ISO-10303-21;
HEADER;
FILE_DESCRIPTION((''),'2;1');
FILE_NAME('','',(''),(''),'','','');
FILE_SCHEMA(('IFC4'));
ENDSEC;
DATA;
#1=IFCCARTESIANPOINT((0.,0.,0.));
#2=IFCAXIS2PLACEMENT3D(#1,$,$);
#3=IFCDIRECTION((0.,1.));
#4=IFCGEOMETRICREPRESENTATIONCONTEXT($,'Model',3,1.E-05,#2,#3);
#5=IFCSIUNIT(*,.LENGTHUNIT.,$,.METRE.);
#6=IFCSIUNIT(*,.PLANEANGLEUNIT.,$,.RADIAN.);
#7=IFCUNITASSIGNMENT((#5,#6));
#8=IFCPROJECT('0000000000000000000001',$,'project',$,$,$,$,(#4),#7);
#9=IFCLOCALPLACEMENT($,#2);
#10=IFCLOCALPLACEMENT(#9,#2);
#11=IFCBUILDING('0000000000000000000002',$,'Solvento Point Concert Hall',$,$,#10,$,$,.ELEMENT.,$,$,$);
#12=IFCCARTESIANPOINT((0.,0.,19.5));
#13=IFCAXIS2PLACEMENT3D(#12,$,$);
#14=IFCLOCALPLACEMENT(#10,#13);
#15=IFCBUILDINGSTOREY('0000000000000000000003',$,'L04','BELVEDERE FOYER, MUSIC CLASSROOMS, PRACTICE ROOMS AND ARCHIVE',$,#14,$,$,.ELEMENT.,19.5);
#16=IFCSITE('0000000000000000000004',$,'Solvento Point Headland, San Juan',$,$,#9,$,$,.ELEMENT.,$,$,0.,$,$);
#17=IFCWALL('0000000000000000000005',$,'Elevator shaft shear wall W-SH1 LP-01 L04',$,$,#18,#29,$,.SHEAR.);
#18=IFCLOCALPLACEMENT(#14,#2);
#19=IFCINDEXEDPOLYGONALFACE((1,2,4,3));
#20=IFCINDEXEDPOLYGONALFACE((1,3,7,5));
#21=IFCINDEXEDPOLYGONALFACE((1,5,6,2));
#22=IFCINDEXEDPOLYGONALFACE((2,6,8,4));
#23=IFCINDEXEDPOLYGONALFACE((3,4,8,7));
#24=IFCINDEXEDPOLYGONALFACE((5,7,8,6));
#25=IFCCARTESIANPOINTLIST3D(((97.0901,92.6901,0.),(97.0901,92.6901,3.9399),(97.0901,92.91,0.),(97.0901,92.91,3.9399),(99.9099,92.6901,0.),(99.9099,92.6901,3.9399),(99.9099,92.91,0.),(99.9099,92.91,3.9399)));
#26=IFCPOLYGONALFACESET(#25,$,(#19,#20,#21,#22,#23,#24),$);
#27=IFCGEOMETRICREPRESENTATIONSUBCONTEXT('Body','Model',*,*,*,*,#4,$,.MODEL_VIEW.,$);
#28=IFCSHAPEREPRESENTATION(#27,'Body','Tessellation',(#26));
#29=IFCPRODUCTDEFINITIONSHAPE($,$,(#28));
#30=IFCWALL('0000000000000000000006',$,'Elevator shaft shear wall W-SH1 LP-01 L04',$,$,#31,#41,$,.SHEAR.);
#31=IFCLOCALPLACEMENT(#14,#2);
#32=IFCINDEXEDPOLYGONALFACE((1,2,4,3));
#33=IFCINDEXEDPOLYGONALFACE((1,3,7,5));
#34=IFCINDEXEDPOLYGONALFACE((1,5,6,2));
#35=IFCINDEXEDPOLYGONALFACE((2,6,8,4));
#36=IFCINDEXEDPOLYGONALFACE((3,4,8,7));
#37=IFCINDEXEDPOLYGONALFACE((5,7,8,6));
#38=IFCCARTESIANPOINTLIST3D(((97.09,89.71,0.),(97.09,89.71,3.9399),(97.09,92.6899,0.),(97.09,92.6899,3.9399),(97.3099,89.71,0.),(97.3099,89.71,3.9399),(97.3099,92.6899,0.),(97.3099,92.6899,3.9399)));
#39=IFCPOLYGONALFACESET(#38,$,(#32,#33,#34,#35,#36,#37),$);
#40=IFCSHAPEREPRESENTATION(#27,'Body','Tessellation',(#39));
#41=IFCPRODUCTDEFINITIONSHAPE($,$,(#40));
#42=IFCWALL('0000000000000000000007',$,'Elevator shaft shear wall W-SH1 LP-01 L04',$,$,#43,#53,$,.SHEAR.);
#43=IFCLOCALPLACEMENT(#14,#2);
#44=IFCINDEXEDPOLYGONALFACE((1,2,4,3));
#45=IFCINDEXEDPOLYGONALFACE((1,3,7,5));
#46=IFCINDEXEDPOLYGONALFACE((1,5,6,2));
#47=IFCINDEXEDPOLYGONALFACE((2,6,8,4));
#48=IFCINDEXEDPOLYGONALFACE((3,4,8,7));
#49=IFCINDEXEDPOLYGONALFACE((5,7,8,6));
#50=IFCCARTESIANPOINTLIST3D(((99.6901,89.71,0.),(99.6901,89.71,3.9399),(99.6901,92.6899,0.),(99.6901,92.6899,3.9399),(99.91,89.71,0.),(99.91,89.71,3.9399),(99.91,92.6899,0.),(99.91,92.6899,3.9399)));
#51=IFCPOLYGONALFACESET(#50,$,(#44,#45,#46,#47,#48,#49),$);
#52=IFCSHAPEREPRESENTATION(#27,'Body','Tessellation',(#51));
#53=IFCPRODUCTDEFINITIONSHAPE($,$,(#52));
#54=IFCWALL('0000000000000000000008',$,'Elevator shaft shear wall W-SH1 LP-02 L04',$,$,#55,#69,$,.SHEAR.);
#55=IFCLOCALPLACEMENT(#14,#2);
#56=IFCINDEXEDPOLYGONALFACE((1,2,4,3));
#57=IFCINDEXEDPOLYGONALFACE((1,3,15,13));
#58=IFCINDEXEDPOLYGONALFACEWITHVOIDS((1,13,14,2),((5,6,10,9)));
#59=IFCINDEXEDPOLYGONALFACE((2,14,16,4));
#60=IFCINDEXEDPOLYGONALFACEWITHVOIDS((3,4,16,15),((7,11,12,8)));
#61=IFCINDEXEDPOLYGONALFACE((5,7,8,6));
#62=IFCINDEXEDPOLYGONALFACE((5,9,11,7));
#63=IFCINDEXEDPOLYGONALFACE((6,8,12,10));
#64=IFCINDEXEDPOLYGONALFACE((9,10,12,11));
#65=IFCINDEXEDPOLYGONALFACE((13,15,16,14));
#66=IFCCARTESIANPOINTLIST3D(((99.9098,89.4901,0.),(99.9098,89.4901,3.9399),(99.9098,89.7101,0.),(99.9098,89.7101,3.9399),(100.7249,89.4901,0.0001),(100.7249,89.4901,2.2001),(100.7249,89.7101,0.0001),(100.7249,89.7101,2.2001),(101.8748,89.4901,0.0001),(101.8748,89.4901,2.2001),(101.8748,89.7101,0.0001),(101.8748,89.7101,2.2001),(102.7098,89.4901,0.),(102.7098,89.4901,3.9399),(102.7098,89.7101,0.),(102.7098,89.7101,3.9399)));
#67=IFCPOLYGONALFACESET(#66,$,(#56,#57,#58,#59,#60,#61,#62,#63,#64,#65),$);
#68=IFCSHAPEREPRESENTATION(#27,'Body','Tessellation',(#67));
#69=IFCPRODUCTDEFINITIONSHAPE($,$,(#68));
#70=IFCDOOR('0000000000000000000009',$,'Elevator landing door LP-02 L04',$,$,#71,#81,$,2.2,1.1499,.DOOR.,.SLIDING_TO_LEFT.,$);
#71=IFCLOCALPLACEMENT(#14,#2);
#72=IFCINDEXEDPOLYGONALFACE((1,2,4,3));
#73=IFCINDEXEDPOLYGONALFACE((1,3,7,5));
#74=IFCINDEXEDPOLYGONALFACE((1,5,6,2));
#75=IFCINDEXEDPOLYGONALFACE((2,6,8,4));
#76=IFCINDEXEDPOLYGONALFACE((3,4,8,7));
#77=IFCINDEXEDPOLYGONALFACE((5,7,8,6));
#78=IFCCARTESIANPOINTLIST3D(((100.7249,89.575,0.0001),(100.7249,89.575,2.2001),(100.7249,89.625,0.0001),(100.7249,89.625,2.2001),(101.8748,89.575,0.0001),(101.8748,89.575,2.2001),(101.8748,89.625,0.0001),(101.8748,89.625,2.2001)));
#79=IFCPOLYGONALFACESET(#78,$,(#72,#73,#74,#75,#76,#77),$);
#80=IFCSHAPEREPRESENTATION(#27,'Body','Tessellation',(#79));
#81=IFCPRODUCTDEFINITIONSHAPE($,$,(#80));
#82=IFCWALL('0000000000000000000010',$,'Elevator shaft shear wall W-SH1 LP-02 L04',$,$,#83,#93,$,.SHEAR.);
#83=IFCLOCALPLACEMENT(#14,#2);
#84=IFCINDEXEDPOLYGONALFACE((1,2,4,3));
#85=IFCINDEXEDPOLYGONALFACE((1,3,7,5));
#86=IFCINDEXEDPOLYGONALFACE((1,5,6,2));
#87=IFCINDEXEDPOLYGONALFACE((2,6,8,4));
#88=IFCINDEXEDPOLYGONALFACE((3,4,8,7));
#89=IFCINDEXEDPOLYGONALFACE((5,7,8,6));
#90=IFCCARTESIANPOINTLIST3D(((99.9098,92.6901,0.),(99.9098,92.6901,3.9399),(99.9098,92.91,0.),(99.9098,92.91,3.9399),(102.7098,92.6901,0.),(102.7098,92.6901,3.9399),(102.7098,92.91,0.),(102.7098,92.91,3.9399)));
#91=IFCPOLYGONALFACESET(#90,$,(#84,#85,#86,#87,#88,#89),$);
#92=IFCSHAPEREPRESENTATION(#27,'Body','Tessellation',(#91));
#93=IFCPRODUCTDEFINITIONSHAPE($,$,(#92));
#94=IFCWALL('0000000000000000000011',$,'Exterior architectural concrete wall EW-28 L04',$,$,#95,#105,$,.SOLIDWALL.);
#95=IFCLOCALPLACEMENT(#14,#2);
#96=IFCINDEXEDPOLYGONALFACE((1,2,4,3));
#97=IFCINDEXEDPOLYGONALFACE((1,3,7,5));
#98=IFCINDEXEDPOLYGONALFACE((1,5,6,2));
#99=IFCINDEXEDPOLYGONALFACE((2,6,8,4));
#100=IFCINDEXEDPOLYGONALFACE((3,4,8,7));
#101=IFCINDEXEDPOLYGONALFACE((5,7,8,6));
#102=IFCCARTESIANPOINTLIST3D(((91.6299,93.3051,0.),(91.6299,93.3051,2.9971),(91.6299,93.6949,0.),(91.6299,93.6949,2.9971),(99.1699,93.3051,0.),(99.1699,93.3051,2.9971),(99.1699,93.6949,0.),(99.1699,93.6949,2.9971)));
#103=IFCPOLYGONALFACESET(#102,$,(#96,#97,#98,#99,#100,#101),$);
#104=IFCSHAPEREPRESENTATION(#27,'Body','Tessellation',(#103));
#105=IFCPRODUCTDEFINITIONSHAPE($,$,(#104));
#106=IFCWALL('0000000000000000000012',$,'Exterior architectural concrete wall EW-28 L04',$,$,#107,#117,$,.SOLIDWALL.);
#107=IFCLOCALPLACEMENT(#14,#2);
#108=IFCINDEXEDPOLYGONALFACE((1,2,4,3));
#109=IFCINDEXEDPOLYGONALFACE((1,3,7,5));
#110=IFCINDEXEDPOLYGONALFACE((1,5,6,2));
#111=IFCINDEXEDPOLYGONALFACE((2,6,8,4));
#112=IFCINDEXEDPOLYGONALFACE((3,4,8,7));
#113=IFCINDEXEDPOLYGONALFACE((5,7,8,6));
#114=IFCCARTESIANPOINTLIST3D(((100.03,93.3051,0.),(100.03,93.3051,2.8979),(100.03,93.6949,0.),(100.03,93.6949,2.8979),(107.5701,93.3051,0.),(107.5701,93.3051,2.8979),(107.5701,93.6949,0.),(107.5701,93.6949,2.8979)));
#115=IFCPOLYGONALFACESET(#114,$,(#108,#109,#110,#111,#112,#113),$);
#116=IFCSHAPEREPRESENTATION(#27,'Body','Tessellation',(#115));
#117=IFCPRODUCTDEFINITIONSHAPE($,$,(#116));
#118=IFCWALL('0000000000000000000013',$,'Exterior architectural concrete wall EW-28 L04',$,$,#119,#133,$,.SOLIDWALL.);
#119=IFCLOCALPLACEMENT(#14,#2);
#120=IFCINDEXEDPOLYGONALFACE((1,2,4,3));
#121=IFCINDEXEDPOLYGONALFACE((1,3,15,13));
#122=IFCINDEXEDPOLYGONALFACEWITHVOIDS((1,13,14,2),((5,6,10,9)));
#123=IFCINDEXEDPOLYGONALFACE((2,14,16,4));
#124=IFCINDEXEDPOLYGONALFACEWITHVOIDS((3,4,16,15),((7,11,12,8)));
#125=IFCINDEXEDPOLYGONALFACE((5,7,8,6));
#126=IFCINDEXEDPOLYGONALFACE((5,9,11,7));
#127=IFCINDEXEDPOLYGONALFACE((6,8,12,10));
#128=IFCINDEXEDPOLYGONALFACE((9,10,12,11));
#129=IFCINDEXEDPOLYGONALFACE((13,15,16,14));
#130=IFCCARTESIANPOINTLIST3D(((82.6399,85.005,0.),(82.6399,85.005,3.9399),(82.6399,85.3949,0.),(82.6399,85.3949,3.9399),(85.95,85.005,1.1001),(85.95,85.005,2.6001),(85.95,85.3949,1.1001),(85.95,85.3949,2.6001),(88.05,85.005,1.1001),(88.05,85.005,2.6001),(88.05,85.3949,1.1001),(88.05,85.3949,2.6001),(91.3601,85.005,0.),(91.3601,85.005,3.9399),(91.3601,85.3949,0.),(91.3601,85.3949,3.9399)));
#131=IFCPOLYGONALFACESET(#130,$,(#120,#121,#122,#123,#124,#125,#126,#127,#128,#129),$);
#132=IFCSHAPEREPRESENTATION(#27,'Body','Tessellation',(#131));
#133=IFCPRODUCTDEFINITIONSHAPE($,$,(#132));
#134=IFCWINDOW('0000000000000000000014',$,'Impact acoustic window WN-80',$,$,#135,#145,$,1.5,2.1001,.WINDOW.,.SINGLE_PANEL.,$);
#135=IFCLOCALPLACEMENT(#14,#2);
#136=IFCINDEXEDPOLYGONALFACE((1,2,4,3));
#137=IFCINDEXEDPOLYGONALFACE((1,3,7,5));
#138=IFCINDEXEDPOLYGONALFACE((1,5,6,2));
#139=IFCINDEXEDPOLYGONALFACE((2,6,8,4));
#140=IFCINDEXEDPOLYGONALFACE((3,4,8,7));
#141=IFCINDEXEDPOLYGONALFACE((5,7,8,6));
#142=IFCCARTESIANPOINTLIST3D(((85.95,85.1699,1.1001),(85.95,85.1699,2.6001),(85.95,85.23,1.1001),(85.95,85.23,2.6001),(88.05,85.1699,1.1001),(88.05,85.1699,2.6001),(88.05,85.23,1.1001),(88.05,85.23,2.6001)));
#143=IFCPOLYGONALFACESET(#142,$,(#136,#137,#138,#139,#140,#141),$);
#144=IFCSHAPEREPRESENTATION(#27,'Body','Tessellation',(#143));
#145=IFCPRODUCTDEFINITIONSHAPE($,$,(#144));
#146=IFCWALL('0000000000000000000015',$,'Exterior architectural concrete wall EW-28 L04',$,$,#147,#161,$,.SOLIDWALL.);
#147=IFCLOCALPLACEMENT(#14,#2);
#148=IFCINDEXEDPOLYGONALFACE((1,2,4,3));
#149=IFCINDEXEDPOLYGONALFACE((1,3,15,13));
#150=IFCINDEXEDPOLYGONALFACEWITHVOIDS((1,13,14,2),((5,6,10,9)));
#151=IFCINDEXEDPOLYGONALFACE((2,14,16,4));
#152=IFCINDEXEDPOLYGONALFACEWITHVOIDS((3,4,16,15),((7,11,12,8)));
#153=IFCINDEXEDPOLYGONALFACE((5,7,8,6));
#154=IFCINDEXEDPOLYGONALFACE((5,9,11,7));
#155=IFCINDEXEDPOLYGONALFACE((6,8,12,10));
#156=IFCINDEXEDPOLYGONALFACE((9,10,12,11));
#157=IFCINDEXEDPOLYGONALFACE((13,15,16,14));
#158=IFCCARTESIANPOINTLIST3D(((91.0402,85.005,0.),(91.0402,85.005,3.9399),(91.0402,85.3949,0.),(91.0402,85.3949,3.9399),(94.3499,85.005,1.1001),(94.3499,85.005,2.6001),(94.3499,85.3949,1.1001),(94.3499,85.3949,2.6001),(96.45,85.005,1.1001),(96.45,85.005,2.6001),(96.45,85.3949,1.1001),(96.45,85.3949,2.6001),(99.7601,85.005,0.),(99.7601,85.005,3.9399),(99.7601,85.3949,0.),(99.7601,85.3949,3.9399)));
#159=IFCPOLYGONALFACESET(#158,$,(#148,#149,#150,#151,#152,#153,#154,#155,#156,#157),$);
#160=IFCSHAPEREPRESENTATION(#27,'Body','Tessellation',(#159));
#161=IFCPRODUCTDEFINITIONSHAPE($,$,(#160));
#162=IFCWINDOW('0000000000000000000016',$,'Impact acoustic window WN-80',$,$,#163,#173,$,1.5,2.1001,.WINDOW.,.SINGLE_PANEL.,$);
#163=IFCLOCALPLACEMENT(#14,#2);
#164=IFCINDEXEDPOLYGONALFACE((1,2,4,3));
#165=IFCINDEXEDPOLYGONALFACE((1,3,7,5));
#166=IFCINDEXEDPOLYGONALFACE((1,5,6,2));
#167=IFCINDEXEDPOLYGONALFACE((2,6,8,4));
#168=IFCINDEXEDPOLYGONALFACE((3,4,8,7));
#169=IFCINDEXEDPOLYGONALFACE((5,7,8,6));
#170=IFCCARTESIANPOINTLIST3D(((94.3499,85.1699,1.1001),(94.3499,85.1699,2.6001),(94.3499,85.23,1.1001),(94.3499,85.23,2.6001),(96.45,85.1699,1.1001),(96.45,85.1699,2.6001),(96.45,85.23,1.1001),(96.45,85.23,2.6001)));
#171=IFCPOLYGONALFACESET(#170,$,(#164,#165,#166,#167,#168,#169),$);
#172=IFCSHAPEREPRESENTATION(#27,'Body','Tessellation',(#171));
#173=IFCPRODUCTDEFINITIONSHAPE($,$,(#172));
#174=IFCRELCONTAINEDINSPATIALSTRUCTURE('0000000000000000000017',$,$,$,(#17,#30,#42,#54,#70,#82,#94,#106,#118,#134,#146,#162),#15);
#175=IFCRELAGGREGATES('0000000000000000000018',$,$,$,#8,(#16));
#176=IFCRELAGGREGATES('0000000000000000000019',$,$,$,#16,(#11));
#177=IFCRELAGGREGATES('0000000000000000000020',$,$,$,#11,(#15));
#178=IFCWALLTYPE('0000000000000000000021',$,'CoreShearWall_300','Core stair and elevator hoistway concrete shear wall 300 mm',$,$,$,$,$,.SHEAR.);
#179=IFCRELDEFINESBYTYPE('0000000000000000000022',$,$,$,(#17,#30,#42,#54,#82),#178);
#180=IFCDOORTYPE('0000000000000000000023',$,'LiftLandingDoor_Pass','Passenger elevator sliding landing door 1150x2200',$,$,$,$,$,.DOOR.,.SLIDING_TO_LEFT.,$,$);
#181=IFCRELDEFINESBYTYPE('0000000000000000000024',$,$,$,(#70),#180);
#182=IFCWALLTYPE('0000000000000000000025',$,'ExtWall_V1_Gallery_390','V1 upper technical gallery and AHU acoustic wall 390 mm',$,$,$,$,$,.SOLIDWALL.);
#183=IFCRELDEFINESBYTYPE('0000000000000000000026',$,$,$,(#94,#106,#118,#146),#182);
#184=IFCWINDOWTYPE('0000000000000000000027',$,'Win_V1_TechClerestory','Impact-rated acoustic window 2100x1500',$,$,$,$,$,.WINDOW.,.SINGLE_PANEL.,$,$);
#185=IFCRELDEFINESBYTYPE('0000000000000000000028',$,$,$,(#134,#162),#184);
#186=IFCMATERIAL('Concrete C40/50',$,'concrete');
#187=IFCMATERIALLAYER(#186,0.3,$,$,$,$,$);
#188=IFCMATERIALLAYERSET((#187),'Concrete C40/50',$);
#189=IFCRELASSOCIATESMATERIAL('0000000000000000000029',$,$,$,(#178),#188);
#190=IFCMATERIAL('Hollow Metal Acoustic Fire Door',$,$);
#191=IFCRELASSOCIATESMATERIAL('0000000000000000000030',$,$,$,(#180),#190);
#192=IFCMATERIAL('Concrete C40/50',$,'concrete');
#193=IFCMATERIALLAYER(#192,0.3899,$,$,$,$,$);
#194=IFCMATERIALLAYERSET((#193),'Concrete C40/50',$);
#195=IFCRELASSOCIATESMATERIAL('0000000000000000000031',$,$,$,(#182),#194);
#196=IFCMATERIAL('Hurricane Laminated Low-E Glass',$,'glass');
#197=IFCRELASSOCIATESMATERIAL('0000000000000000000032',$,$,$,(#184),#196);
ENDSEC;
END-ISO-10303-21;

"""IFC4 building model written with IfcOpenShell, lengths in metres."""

from ifc_helpers import new_model, si_unit, direction, frame, frame_2d, origin, place, context, subcontext, project, spatial, rectangle, extrude, material, layer, layer_set, type_object, element, fill, save


model = new_model("IFC4")

# Units and contexts
model_context = context("Model", 3, precision=1e-05, world=origin(), true_north=direction((0.0, 1.0)))
body_context = subcontext(model_context, "Body", "Model", "MODEL_VIEW")
ifc_project = project(units=[si_unit("LENGTHUNIT", "METRE"), si_unit("PLANEANGLEUNIT", "RADIAN")], contexts=[model_context])

# Site, building, storey
site_placement = place(None, origin())
site = spatial("IfcSite", under=ifc_project, at=site_placement, Name="Solvento Point Headland, San Juan", CompositionType="ELEMENT", RefElevation=0.0)
building_placement = place(site_placement, origin())
building = spatial("IfcBuilding", under=site, at=building_placement, Name="Solvento Point Concert Hall", CompositionType="ELEMENT")
storey_placement = place(building_placement, frame((0.0, 0.0, 19.5)))
storey = spatial("IfcBuildingStorey", under=building, at=storey_placement, Name="L04", Description="BELVEDERE FOYER, MUSIC CLASSROOMS, PRACTICE ROOMS AND ARCHIVE", CompositionType="ELEMENT", Elevation=19.5)

# Shared definitions
ifc_material_1 = material(Name="Concrete C40/50", Category="concrete")
ifc_layer_1 = layer(ifc_material_1, 0.3)
ifc_layer_set_1 = layer_set([ifc_layer_1], Name="Concrete C40/50")
wall_type_1 = type_object("IfcWallType", Name="CoreShearWall_300", Description="Core stair and elevator hoistway concrete shear wall 300 mm", PredefinedType="SHEAR", material=ifc_layer_set_1)
ifc_material_2 = material(Name="Hollow Metal Acoustic Fire Door")
door_type_1 = type_object("IfcDoorType", Name="LiftLandingDoor_Pass", Description="Passenger elevator sliding landing door 1150x2200", OperationType="SLIDING_TO_LEFT", PredefinedType="DOOR", material=ifc_material_2)

# Walls
wall_1_placement = place(storey_placement, frame((97.0901, 92.8, 0.0), z_axis=(0.0, 0.0, 1.0), x_axis=(1.0, 0.0, 0.0)))
element("IfcWall", 1, at=wall_1_placement, inside=storey, type_object=wall_type_1, Name="Elevator shaft shear wall W-SH1 LP-01 L04", PredefinedType="SHEAR", context=body_context, shape_type="SweptSolid", body=[
    extrude(rectangle(XDim=2.8198, YDim=0.22, at=frame_2d((1.4099, 0.0))), origin(), (0.0, 0.0, 1.0), 3.9399),
])
for number, where, z_axis, x_axis, name in (
    (2, (97.2, 89.71, 0.0), (0.0, 0.0, 1.0), (0.0, 1.0, 0.0), "Elevator shaft shear wall W-SH1 LP-01 L04"),
    (3, (99.8, 89.71, 0.0), (0.0, 0.0, 1.0), (0.0, 1.0, 0.0), "Elevator shaft shear wall W-SH1 LP-01 L04"),
):
    element("IfcWall", number, at=place(storey_placement, frame(where, z_axis=z_axis, x_axis=x_axis)), inside=storey, type_object=wall_type_1, Name=name, PredefinedType="SHEAR", context=body_context, shape_type="SweptSolid", body=[
        extrude(rectangle(XDim=2.98, YDim=0.22, at=frame_2d((1.49, 0.0))), origin(), (0.0, 0.0, 1.0), 3.9399),
    ])

# Wall, opening, door
wall_2_placement = place(storey_placement, frame((99.9099, 89.6001, 0.0), z_axis=(0.0, 0.0, 1.0), x_axis=(1.0, 0.0, 0.0)))
wall_2 = element("IfcWall", 4, at=wall_2_placement, inside=storey, type_object=wall_type_1, Name="Elevator shaft shear wall W-SH1 LP-02 L04", PredefinedType="SHEAR", context=body_context, shape_type="SweptSolid", body=[
    extrude(rectangle(XDim=2.8, YDim=0.22, at=frame_2d((1.3999, 0.0))), origin(), (0.0, 0.0, 1.0), 3.9399),
])
opening_1_placement = place(wall_2_placement, frame((0.8149, 0.0, 0.0)))
opening_1 = element("IfcOpeningElement", 5, at=opening_1_placement, cuts=wall_2, PredefinedType="OPENING", context=body_context, shape_type="SweptSolid", body=[
    extrude(rectangle(XDim=1.1499, YDim=2.2, at=frame_2d((0.575, 1.1001))), frame((0.0, 0.1199, 0.0), z_axis=(0.0, -1.0, 0.0), x_axis=(1.0, 0.0, 0.0)), (0.0, 0.0, 1.0), 0.24),
])
door_1_placement = place(opening_1_placement, origin())
door_1 = element("IfcDoor", 6, at=door_1_placement, inside=storey, type_object=door_type_1, Name="Elevator landing door LP-02 L04", OperationType="SLIDING_TO_LEFT", OverallHeight=2.2, OverallWidth=1.1499, PredefinedType="DOOR", context=body_context, shape_type="SweptSolid", body=[
    extrude(rectangle(XDim=1.1499, YDim=2.2, at=frame_2d((0.575, 1.1001))), frame((0.0, 0.0249, 0.0), z_axis=(0.0, -1.0, 0.0), x_axis=(1.0, 0.0, 0.0)), (0.0, 0.0, 1.0), 0.05),
])
fill(opening_1, door_1)

# Walls
wall_3_placement = place(storey_placement, frame((99.9099, 92.8, 0.0), z_axis=(0.0, 0.0, 1.0), x_axis=(1.0, 0.0, 0.0)))
element("IfcWall", 7, at=wall_3_placement, inside=storey, type_object=wall_type_1, Name="Elevator shaft shear wall W-SH1 LP-02 L04", PredefinedType="SHEAR", context=body_context, shape_type="SweptSolid", body=[
    extrude(rectangle(XDim=2.8, YDim=0.22, at=frame_2d((1.3999, 0.0))), origin(), (0.0, 0.0, 1.0), 3.9399),
])
ifc_material_3 = material(Name="Concrete C40/50", Category="concrete")
ifc_layer_2 = layer(ifc_material_3, 0.3899)
ifc_layer_set_2 = layer_set([ifc_layer_2], Name="Concrete C40/50")
wall_type_2 = type_object("IfcWallType", Name="ExtWall_V1_Gallery_390", Description="V1 upper technical gallery and AHU acoustic wall 390 mm", PredefinedType="SOLIDWALL", material=ifc_layer_set_2)
wall_4_placement = place(storey_placement, frame((91.6299, 93.5, 0.0), z_axis=(0.0, 0.0, 1.0), x_axis=(1.0, 0.0, 0.0)))
element("IfcWall", 8, at=wall_4_placement, inside=storey, type_object=wall_type_2, Name="Exterior architectural concrete wall EW-28 L04", PredefinedType="SOLIDWALL", context=body_context, shape_type="SweptSolid", body=[
    extrude(rectangle(XDim=7.54, YDim=0.3899, at=frame_2d((3.77, 0.0))), origin(), (0.0, 0.0, 1.0), 2.9971),
])
wall_5_placement = place(storey_placement, frame((100.03, 93.5, 0.0), z_axis=(0.0, 0.0, 1.0), x_axis=(1.0, 0.0, 0.0)))
element("IfcWall", 9, at=wall_5_placement, inside=storey, type_object=wall_type_2, Name="Exterior architectural concrete wall EW-28 L04", PredefinedType="SOLIDWALL", context=body_context, shape_type="SweptSolid", body=[
    extrude(rectangle(XDim=7.54, YDim=0.3899, at=frame_2d((3.77, 0.0))), origin(), (0.0, 0.0, 1.0), 2.8979),
])

# Walls, openings, windows
wall_6_placement = place(storey_placement, frame((91.3601, 85.2, 0.0), z_axis=(0.0, 0.0, 1.0), x_axis=(-1.0, 0.0, 0.0)))
wall_6 = element("IfcWall", 10, at=wall_6_placement, inside=storey, type_object=wall_type_2, Name="Exterior architectural concrete wall EW-28 L04", PredefinedType="SOLIDWALL", context=body_context, shape_type="SweptSolid", body=[
    extrude(rectangle(XDim=8.7202, YDim=0.3899, at=frame_2d((4.3601, 0.0))), origin(), (0.0, 0.0, 1.0), 3.9399),
])
opening_2_placement = place(wall_6_placement, frame((3.3101, 0.0, 1.1001)))
opening_2 = element("IfcOpeningElement", 11, at=opening_2_placement, cuts=wall_6, PredefinedType="OPENING", context=body_context, shape_type="SweptSolid", body=[
    extrude(rectangle(XDim=2.1001, YDim=1.5, at=frame_2d((1.05, 0.75))), frame((0.0, 0.2048, 0.0), z_axis=(0.0, -1.0, 0.0), x_axis=(1.0, 0.0, 0.0)), (0.0, 0.0, 1.0), 0.4099),
])
ifc_material_4 = material(Name="Hurricane Laminated Low-E Glass", Category="glass")
window_type = type_object("IfcWindowType", Name="Win_V1_TechClerestory", Description="Impact-rated acoustic window 2100x1500", PartitioningType="SINGLE_PANEL", PredefinedType="WINDOW", material=ifc_material_4)
window_1_placement = place(opening_2_placement, origin())
window_1 = element("IfcWindow", 12, at=window_1_placement, inside=storey, type_object=window_type, Name="Impact acoustic window WN-80", OverallHeight=1.5, OverallWidth=2.1001, PartitioningType="SINGLE_PANEL", PredefinedType="WINDOW", context=body_context, shape_type="SweptSolid", body=[
    extrude(rectangle(XDim=2.1001, YDim=1.5, at=frame_2d((1.05, 0.75))), frame((0.0, 0.03, 0.0), z_axis=(0.0, -1.0, 0.0), x_axis=(1.0, 0.0, 0.0)), (0.0, 0.0, 1.0), 0.0601),
])
fill(opening_2, window_1)
wall_7_placement = place(storey_placement, frame((99.76, 85.2, 0.0), z_axis=(0.0, 0.0, 1.0), x_axis=(-1.0, 0.0, 0.0)))
wall_7 = element("IfcWall", 13, at=wall_7_placement, inside=storey, type_object=wall_type_2, Name="Exterior architectural concrete wall EW-28 L04", PredefinedType="SOLIDWALL", context=body_context, shape_type="SweptSolid", body=[
    extrude(rectangle(XDim=8.72, YDim=0.3899, at=frame_2d((4.3599, 0.0))), origin(), (0.0, 0.0, 1.0), 3.9399),
])
opening_3_placement = place(wall_7_placement, frame((3.3101, 0.0, 1.1001)))
opening_3 = element("IfcOpeningElement", 14, at=opening_3_placement, cuts=wall_7, PredefinedType="OPENING", context=body_context, shape_type="SweptSolid", body=[
    extrude(rectangle(XDim=2.1001, YDim=1.5, at=frame_2d((1.05, 0.75))), frame((0.0, 0.2048, 0.0), z_axis=(0.0, -1.0, 0.0), x_axis=(1.0, 0.0, 0.0)), (0.0, 0.0, 1.0), 0.4099),
])
window_2_placement = place(opening_3_placement, origin())
window_2 = element("IfcWindow", 15, at=window_2_placement, inside=storey, type_object=window_type, Name="Impact acoustic window WN-80", OverallHeight=1.5, OverallWidth=2.1001, PartitioningType="SINGLE_PANEL", PredefinedType="WINDOW", context=body_context, shape_type="SweptSolid", body=[
    extrude(rectangle(XDim=2.1001, YDim=1.5, at=frame_2d((1.05, 0.75))), frame((0.0, 0.03, 0.0), z_axis=(0.0, -1.0, 0.0), x_axis=(1.0, 0.0, 0.0)), (0.0, 0.0, 1.0), 0.0601),
])
fill(opening_3, window_2)

save(model, "model.ifc")
